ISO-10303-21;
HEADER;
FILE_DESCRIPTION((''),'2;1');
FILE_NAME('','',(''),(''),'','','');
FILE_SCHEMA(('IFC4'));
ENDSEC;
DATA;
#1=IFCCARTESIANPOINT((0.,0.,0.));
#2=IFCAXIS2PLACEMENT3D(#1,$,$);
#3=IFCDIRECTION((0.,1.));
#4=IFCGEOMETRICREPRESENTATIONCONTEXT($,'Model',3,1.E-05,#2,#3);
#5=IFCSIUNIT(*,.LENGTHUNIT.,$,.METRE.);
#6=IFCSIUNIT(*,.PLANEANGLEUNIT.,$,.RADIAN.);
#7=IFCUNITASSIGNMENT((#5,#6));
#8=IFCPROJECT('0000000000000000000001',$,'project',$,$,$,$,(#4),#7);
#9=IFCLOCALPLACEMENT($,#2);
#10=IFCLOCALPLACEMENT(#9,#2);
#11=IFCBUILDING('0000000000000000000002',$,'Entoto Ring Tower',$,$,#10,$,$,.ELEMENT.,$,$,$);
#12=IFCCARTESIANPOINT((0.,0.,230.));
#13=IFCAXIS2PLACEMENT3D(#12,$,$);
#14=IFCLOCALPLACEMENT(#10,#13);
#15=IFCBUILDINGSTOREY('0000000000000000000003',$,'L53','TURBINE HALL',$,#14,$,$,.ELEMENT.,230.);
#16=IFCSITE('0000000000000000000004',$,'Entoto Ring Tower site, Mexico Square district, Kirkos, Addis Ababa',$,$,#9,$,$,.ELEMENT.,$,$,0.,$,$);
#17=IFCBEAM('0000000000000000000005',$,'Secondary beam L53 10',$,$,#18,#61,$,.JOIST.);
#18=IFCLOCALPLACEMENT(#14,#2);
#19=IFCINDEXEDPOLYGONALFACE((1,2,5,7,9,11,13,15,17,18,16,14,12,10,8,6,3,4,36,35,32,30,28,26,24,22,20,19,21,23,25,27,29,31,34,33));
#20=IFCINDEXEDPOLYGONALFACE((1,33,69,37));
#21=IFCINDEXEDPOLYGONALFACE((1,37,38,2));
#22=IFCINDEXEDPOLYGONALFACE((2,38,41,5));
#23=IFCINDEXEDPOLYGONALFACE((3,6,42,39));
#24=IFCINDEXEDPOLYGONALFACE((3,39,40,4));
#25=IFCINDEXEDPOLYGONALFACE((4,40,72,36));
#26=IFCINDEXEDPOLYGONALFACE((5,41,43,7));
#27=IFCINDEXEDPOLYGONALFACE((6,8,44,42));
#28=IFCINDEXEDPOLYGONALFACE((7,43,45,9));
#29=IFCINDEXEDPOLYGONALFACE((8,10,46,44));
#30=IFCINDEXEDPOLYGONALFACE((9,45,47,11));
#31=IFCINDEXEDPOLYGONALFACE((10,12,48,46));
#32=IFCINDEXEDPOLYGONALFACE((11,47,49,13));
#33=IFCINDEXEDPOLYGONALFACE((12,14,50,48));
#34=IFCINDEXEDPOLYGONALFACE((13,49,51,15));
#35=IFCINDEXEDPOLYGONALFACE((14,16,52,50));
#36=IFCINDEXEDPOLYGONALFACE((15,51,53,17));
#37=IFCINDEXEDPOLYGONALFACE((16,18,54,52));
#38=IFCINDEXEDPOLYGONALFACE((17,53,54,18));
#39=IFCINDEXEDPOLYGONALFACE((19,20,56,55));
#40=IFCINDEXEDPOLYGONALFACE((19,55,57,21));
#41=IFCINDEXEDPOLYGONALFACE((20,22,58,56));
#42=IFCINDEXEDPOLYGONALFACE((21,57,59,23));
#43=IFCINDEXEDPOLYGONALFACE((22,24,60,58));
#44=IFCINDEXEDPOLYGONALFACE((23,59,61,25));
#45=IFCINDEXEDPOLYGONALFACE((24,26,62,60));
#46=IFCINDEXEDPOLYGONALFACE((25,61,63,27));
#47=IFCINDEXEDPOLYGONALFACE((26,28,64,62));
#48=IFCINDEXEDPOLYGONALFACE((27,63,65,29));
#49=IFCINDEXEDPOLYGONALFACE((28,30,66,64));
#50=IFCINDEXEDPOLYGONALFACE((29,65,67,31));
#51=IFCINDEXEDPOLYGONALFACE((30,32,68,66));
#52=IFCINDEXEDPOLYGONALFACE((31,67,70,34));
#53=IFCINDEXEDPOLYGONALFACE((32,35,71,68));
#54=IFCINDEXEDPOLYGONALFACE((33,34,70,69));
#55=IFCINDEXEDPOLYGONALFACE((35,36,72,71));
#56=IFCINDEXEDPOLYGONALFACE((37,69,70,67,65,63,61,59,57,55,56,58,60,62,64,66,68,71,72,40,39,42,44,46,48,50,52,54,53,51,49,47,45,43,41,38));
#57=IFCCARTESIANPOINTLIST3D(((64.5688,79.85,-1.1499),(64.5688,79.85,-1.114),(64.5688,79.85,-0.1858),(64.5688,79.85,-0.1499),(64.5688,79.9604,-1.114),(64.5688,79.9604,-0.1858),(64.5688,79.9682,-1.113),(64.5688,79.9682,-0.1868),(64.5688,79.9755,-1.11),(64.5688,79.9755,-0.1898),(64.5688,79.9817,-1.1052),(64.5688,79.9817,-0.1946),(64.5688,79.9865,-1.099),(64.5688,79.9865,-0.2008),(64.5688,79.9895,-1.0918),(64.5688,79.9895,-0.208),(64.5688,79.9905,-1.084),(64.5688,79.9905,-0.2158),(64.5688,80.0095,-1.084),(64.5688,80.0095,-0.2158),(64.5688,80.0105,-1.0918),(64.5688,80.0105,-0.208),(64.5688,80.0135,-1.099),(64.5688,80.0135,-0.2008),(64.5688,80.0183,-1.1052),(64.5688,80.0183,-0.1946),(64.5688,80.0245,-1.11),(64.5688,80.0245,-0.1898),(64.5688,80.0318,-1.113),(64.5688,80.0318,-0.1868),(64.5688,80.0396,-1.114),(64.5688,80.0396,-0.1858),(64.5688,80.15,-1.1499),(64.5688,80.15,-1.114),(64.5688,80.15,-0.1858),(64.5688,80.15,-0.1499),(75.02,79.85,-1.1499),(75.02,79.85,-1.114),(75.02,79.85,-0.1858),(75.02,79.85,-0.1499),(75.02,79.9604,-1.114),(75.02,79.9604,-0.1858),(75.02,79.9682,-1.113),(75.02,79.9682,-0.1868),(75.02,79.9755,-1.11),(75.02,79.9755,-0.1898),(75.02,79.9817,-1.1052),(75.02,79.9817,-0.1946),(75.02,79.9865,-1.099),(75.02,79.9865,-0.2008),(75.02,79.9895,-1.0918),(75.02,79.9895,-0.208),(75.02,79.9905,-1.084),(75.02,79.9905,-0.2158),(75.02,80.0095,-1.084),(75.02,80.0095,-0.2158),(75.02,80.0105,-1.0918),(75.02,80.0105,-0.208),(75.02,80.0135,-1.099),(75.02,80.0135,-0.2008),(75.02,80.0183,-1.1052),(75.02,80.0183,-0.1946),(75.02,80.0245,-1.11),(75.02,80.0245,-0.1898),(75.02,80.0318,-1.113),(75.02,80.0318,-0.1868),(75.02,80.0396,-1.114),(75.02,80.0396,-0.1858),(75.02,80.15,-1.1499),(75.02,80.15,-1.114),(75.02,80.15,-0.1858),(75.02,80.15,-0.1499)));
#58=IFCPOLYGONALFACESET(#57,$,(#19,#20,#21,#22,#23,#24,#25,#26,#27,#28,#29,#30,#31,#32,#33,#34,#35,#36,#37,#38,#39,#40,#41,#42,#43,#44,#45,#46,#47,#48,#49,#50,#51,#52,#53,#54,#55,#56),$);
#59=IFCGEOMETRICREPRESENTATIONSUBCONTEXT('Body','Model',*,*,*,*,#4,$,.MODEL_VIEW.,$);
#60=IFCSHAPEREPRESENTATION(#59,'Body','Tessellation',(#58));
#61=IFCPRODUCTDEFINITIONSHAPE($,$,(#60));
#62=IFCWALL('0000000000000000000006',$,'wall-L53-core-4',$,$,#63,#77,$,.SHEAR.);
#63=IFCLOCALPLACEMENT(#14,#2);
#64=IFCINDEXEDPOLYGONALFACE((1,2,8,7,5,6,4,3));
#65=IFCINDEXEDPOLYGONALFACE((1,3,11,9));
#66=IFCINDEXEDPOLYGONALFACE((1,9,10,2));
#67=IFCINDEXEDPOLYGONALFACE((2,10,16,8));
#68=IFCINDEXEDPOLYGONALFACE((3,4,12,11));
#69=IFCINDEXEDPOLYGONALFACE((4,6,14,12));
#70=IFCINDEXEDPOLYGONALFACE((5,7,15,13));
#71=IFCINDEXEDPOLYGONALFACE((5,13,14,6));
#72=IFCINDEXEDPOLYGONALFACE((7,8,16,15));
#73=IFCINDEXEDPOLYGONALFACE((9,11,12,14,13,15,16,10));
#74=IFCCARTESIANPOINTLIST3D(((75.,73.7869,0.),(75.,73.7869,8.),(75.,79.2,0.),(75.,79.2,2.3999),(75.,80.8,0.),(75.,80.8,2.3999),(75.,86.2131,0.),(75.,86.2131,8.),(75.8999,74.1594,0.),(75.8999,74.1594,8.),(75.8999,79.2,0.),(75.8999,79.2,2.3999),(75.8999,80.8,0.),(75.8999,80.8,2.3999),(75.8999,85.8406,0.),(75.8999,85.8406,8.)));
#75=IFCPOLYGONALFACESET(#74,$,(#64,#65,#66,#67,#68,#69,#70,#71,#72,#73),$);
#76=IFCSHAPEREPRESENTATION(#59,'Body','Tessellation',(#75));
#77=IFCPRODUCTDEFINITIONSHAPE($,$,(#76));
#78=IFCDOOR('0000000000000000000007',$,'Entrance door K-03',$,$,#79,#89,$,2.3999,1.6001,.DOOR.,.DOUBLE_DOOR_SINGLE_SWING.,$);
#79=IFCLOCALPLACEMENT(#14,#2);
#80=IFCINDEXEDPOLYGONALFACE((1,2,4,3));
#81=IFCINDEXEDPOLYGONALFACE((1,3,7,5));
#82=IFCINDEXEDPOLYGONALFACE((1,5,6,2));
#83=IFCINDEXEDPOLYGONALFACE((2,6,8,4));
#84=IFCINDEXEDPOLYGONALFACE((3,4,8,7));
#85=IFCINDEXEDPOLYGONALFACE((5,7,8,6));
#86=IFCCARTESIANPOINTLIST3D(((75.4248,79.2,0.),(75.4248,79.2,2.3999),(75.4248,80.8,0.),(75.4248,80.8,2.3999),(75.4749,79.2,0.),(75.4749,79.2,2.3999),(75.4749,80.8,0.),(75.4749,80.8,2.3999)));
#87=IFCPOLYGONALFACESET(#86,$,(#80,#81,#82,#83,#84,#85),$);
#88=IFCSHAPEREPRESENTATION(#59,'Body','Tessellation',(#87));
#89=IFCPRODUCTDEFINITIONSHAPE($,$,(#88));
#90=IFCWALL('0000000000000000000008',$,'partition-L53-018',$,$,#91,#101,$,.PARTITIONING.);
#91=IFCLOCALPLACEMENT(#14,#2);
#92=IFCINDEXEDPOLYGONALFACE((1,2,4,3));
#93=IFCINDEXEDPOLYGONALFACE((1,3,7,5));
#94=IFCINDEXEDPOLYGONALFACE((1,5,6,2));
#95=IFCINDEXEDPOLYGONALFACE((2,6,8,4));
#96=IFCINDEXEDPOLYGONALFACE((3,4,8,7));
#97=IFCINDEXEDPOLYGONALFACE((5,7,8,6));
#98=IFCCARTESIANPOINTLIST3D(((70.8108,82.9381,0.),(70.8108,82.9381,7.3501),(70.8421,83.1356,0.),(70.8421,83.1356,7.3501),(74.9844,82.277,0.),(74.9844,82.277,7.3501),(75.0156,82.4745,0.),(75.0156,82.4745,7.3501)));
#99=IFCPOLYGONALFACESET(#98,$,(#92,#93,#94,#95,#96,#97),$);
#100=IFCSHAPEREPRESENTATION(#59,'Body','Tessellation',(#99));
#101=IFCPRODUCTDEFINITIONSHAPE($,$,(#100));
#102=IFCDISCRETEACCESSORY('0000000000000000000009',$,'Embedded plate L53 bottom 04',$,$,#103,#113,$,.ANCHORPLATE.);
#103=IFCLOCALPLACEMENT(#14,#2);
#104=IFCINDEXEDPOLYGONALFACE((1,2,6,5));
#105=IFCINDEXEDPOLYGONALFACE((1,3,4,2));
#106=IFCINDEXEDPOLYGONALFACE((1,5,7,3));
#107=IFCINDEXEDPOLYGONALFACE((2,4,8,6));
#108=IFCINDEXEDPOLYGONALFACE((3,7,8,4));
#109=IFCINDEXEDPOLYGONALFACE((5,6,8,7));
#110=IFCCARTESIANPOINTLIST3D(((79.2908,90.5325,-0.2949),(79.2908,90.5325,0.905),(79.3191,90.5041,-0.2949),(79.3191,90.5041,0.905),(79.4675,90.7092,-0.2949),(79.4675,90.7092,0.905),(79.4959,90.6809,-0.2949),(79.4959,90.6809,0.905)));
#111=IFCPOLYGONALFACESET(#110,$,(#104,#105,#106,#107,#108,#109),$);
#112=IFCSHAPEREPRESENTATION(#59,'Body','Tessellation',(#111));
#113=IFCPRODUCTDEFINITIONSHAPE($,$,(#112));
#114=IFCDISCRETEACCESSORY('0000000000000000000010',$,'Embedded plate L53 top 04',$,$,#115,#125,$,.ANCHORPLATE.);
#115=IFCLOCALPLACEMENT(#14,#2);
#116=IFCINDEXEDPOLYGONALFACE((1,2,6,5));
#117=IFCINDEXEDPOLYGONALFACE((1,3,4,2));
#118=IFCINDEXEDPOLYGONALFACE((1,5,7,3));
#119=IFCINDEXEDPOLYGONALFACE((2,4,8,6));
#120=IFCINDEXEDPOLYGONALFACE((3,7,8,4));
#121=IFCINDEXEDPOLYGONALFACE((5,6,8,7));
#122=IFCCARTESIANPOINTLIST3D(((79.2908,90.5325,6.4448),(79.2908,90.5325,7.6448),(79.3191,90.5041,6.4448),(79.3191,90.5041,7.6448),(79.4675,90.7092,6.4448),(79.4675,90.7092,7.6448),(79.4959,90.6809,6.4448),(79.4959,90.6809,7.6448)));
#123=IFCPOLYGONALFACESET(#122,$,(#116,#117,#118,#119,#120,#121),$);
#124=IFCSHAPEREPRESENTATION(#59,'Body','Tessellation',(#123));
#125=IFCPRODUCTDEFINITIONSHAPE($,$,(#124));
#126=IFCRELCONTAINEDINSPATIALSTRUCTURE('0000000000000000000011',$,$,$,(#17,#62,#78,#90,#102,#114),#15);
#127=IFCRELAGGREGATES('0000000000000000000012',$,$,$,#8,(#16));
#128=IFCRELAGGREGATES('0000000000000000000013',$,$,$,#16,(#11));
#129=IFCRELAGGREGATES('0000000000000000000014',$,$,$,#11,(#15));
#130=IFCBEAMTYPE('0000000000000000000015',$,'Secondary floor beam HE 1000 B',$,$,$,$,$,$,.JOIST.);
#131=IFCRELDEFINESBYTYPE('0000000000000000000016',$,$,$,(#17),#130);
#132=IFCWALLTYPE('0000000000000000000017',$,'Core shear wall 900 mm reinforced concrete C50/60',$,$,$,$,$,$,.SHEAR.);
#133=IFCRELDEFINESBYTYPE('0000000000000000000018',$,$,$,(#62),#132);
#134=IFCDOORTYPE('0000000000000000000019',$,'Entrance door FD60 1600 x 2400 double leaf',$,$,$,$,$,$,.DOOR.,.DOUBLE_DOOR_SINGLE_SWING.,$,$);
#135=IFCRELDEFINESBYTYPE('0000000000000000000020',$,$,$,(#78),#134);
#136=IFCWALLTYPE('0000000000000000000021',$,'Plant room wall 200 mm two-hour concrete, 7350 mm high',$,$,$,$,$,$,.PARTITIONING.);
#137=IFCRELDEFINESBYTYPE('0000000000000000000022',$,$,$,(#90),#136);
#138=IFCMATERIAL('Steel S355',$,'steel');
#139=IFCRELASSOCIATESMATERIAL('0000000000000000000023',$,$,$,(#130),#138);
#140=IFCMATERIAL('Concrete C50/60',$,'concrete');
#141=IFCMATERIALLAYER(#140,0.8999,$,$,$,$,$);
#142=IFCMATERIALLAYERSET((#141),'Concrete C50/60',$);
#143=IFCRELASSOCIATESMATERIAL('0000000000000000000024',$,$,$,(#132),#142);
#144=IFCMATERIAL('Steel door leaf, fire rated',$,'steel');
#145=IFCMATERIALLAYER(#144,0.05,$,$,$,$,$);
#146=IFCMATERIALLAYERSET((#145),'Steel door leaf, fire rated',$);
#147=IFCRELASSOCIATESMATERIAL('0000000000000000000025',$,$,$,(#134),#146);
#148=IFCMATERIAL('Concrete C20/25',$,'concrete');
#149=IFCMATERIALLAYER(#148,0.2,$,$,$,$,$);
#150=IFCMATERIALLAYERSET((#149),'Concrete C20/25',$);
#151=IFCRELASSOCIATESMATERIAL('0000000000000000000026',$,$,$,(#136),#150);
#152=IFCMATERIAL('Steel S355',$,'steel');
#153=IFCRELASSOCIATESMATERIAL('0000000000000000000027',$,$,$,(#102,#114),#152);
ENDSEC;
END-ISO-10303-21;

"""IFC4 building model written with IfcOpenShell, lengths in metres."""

from ifc_helpers import new_model, si_unit, direction, frame, frame_2d, origin, origin_2d, place, context, subcontext, project, spatial, polyline, rectangle, i_section, outline, extrude, material, layer, layer_set, material_profile, profile_set, type_object, element, fill, save


model = new_model("IFC4")

# Units and contexts
model_context = context("Model", 3, precision=1e-05, world=origin(), true_north=direction((0.0, 1.0)))
body_context = subcontext(model_context, "Body", "Model", "MODEL_VIEW")
ifc_project = project(units=[si_unit("LENGTHUNIT", "METRE"), si_unit("PLANEANGLEUNIT", "RADIAN")], contexts=[model_context])

# Site, building, storey
site_placement = place(None, origin())
site = spatial("IfcSite", under=ifc_project, at=site_placement, Name="Entoto Ring Tower site, Mexico Square district, Kirkos, Addis Ababa", CompositionType="ELEMENT", RefElevation=0.0)
building_placement = place(site_placement, origin())
building = spatial("IfcBuilding", under=site, at=building_placement, Name="Entoto Ring Tower", CompositionType="ELEMENT")
storey_placement = place(building_placement, frame((0.0, 0.0, 230.0)))
storey = spatial("IfcBuildingStorey", under=building, at=storey_placement, Name="L53", Description="TURBINE HALL", CompositionType="ELEMENT", Elevation=230.0)

# Beam
ifc_material_1 = material(Name="Steel S355", Category="steel")
ifc_material_profile_1 = material_profile(ifc_material_1, i_section(OverallWidth=0.3, OverallDepth=1.0, WebThickness=0.019, FlangeThickness=0.0359, FilletRadius=0.03, at=origin_2d()), Name="HE 1000 B")
ifc_profile_set_1 = profile_set([ifc_material_profile_1], Name="Steel S355")
beam_type_1 = type_object("IfcBeamType", Name="Secondary floor beam HE 1000 B", PredefinedType="JOIST", material=ifc_profile_set_1)
beam_1_placement = place(storey_placement, frame((75.02, 80.0, -0.6499), z_axis=(-1.0, 0.0, 0.0), x_axis=(0.0, -1.0, 0.0)))
element("IfcBeam", 1, at=beam_1_placement, inside=storey, type_object=beam_type_1, Name="Secondary beam L53 10", PredefinedType="JOIST", context=body_context, shape_type="SweptSolid", body=[
    extrude(i_section(OverallWidth=0.3, OverallDepth=1.0, WebThickness=0.019, FlangeThickness=0.0359, FilletRadius=0.03, at=origin_2d()), origin(), (0.0, 0.0, 1.0), 10.4512),
])

# Wall, opening, door
ifc_material_2 = material(Name="Concrete C50/60", Category="concrete")
ifc_layer_1 = layer(ifc_material_2, 0.8999)
ifc_layer_set_1 = layer_set([ifc_layer_1], Name="Concrete C50/60")
wall_type_1 = type_object("IfcWallType", Name="Core shear wall 900 mm reinforced concrete C50/60", PredefinedType="SHEAR", material=ifc_layer_set_1)
wall_1_placement = place(storey_placement, frame((75.45, 86.0269, 0.0), z_axis=(0.0, 0.0, 1.0), x_axis=(0.0, -1.0, 0.0)))
wall_1 = element("IfcWall", 2, at=wall_1_placement, inside=storey, type_object=wall_type_1, Name="wall-L53-core-4", PredefinedType="SHEAR", context=body_context, shape_type="SweptSolid", body=[
    extrude(outline(polyline([(-0.1863, -0.45), (12.24, -0.45), (11.8674, 0.45), (0.1863, 0.45), (-0.1863, -0.45)])), origin(), (0.0, 0.0, 1.0), 8.0),
])
opening_placement = place(wall_1_placement, frame((5.2268, 0.0, 0.0)))
opening = element("IfcOpeningElement", 3, at=opening_placement, cuts=wall_1, PredefinedType="OPENING", context=body_context, shape_type="SweptSolid", body=[
    extrude(rectangle(XDim=1.6001, YDim=2.3999, at=frame_2d((0.8, 1.2))), frame((0.0, 0.46, 0.0), z_axis=(0.0, -1.0, 0.0), x_axis=(1.0, 0.0, 0.0)), (0.0, 0.0, 1.0), 0.9199),
])
ifc_material_3 = material(Name="Steel door leaf, fire rated", Category="steel")
ifc_layer_2 = layer(ifc_material_3, 0.05)
ifc_layer_set_2 = layer_set([ifc_layer_2], Name="Steel door leaf, fire rated")
door_type = type_object("IfcDoorType", Name="Entrance door FD60 1600 x 2400 double leaf", OperationType="DOUBLE_DOOR_SINGLE_SWING", PredefinedType="DOOR", material=ifc_layer_set_2)
door_placement = place(opening_placement, origin())
door = element("IfcDoor", 4, at=door_placement, inside=storey, type_object=door_type, Name="Entrance door K-03", OperationType="DOUBLE_DOOR_SINGLE_SWING", OverallHeight=2.3999, OverallWidth=1.6001, PredefinedType="DOOR", context=body_context, shape_type="SweptSolid", body=[
    extrude(rectangle(XDim=1.6001, YDim=2.3999, at=frame_2d((0.8, 1.2))), frame((0.0, 0.0249, 0.0), z_axis=(0.0, -1.0, 0.0), x_axis=(1.0, 0.0, 0.0)), (0.0, 0.0, 1.0), 0.05),
])
fill(opening, door)

# Wall
ifc_material_4 = material(Name="Concrete C20/25", Category="concrete")
ifc_layer_3 = layer(ifc_material_4, 0.2)
ifc_layer_set_3 = layer_set([ifc_layer_3], Name="Concrete C20/25")
wall_type_2 = type_object("IfcWallType", Name="Plant room wall 200 mm two-hour concrete, 7350 mm high", PredefinedType="PARTITIONING", material=ifc_layer_set_3)
wall_2_placement = place(storey_placement, frame((75.0, 82.3757, 0.0), z_axis=(0.0, 0.0, 1.0), x_axis=(-0.987685, 0.156458, 0.0)))
element("IfcWall", 5, at=wall_2_placement, inside=storey, type_object=wall_type_2, Name="partition-L53-018", PredefinedType="PARTITIONING", context=body_context, shape_type="SweptSolid", body=[
    extrude(rectangle(XDim=4.2256, YDim=0.2, at=frame_2d((2.1128, 0.0))), origin(), (0.0, 0.0, 1.0), 7.3501),
])

# Discrete accessories
ifc_material_5 = material(Name="Steel S355", Category="steel")
for number, where, z_axis, x_axis, name in (
    (6, (79.3933, 90.6067, -0.2949), (0.0, 0.0, 1.0), (-0.707107, 0.707107, 0.0), "Embedded plate L53 bottom 04"),
    (7, (79.3933, 90.6067, 6.4448), (0.0, 0.0, 1.0), (-0.707107, 0.707107, 0.0), "Embedded plate L53 top 04"),
):
    element("IfcDiscreteAccessory", number, at=place(storey_placement, frame(where, z_axis=z_axis, x_axis=x_axis)), inside=storey, material=ifc_material_5, Name=name, PredefinedType="ANCHORPLATE", context=body_context, shape_type="SweptSolid", body=[
        extrude(rectangle(XDim=0.04, YDim=0.25, at=origin_2d()), origin(), (0.0, 0.0, 1.0), 1.2),
    ])

save(model, "model.ifc")
